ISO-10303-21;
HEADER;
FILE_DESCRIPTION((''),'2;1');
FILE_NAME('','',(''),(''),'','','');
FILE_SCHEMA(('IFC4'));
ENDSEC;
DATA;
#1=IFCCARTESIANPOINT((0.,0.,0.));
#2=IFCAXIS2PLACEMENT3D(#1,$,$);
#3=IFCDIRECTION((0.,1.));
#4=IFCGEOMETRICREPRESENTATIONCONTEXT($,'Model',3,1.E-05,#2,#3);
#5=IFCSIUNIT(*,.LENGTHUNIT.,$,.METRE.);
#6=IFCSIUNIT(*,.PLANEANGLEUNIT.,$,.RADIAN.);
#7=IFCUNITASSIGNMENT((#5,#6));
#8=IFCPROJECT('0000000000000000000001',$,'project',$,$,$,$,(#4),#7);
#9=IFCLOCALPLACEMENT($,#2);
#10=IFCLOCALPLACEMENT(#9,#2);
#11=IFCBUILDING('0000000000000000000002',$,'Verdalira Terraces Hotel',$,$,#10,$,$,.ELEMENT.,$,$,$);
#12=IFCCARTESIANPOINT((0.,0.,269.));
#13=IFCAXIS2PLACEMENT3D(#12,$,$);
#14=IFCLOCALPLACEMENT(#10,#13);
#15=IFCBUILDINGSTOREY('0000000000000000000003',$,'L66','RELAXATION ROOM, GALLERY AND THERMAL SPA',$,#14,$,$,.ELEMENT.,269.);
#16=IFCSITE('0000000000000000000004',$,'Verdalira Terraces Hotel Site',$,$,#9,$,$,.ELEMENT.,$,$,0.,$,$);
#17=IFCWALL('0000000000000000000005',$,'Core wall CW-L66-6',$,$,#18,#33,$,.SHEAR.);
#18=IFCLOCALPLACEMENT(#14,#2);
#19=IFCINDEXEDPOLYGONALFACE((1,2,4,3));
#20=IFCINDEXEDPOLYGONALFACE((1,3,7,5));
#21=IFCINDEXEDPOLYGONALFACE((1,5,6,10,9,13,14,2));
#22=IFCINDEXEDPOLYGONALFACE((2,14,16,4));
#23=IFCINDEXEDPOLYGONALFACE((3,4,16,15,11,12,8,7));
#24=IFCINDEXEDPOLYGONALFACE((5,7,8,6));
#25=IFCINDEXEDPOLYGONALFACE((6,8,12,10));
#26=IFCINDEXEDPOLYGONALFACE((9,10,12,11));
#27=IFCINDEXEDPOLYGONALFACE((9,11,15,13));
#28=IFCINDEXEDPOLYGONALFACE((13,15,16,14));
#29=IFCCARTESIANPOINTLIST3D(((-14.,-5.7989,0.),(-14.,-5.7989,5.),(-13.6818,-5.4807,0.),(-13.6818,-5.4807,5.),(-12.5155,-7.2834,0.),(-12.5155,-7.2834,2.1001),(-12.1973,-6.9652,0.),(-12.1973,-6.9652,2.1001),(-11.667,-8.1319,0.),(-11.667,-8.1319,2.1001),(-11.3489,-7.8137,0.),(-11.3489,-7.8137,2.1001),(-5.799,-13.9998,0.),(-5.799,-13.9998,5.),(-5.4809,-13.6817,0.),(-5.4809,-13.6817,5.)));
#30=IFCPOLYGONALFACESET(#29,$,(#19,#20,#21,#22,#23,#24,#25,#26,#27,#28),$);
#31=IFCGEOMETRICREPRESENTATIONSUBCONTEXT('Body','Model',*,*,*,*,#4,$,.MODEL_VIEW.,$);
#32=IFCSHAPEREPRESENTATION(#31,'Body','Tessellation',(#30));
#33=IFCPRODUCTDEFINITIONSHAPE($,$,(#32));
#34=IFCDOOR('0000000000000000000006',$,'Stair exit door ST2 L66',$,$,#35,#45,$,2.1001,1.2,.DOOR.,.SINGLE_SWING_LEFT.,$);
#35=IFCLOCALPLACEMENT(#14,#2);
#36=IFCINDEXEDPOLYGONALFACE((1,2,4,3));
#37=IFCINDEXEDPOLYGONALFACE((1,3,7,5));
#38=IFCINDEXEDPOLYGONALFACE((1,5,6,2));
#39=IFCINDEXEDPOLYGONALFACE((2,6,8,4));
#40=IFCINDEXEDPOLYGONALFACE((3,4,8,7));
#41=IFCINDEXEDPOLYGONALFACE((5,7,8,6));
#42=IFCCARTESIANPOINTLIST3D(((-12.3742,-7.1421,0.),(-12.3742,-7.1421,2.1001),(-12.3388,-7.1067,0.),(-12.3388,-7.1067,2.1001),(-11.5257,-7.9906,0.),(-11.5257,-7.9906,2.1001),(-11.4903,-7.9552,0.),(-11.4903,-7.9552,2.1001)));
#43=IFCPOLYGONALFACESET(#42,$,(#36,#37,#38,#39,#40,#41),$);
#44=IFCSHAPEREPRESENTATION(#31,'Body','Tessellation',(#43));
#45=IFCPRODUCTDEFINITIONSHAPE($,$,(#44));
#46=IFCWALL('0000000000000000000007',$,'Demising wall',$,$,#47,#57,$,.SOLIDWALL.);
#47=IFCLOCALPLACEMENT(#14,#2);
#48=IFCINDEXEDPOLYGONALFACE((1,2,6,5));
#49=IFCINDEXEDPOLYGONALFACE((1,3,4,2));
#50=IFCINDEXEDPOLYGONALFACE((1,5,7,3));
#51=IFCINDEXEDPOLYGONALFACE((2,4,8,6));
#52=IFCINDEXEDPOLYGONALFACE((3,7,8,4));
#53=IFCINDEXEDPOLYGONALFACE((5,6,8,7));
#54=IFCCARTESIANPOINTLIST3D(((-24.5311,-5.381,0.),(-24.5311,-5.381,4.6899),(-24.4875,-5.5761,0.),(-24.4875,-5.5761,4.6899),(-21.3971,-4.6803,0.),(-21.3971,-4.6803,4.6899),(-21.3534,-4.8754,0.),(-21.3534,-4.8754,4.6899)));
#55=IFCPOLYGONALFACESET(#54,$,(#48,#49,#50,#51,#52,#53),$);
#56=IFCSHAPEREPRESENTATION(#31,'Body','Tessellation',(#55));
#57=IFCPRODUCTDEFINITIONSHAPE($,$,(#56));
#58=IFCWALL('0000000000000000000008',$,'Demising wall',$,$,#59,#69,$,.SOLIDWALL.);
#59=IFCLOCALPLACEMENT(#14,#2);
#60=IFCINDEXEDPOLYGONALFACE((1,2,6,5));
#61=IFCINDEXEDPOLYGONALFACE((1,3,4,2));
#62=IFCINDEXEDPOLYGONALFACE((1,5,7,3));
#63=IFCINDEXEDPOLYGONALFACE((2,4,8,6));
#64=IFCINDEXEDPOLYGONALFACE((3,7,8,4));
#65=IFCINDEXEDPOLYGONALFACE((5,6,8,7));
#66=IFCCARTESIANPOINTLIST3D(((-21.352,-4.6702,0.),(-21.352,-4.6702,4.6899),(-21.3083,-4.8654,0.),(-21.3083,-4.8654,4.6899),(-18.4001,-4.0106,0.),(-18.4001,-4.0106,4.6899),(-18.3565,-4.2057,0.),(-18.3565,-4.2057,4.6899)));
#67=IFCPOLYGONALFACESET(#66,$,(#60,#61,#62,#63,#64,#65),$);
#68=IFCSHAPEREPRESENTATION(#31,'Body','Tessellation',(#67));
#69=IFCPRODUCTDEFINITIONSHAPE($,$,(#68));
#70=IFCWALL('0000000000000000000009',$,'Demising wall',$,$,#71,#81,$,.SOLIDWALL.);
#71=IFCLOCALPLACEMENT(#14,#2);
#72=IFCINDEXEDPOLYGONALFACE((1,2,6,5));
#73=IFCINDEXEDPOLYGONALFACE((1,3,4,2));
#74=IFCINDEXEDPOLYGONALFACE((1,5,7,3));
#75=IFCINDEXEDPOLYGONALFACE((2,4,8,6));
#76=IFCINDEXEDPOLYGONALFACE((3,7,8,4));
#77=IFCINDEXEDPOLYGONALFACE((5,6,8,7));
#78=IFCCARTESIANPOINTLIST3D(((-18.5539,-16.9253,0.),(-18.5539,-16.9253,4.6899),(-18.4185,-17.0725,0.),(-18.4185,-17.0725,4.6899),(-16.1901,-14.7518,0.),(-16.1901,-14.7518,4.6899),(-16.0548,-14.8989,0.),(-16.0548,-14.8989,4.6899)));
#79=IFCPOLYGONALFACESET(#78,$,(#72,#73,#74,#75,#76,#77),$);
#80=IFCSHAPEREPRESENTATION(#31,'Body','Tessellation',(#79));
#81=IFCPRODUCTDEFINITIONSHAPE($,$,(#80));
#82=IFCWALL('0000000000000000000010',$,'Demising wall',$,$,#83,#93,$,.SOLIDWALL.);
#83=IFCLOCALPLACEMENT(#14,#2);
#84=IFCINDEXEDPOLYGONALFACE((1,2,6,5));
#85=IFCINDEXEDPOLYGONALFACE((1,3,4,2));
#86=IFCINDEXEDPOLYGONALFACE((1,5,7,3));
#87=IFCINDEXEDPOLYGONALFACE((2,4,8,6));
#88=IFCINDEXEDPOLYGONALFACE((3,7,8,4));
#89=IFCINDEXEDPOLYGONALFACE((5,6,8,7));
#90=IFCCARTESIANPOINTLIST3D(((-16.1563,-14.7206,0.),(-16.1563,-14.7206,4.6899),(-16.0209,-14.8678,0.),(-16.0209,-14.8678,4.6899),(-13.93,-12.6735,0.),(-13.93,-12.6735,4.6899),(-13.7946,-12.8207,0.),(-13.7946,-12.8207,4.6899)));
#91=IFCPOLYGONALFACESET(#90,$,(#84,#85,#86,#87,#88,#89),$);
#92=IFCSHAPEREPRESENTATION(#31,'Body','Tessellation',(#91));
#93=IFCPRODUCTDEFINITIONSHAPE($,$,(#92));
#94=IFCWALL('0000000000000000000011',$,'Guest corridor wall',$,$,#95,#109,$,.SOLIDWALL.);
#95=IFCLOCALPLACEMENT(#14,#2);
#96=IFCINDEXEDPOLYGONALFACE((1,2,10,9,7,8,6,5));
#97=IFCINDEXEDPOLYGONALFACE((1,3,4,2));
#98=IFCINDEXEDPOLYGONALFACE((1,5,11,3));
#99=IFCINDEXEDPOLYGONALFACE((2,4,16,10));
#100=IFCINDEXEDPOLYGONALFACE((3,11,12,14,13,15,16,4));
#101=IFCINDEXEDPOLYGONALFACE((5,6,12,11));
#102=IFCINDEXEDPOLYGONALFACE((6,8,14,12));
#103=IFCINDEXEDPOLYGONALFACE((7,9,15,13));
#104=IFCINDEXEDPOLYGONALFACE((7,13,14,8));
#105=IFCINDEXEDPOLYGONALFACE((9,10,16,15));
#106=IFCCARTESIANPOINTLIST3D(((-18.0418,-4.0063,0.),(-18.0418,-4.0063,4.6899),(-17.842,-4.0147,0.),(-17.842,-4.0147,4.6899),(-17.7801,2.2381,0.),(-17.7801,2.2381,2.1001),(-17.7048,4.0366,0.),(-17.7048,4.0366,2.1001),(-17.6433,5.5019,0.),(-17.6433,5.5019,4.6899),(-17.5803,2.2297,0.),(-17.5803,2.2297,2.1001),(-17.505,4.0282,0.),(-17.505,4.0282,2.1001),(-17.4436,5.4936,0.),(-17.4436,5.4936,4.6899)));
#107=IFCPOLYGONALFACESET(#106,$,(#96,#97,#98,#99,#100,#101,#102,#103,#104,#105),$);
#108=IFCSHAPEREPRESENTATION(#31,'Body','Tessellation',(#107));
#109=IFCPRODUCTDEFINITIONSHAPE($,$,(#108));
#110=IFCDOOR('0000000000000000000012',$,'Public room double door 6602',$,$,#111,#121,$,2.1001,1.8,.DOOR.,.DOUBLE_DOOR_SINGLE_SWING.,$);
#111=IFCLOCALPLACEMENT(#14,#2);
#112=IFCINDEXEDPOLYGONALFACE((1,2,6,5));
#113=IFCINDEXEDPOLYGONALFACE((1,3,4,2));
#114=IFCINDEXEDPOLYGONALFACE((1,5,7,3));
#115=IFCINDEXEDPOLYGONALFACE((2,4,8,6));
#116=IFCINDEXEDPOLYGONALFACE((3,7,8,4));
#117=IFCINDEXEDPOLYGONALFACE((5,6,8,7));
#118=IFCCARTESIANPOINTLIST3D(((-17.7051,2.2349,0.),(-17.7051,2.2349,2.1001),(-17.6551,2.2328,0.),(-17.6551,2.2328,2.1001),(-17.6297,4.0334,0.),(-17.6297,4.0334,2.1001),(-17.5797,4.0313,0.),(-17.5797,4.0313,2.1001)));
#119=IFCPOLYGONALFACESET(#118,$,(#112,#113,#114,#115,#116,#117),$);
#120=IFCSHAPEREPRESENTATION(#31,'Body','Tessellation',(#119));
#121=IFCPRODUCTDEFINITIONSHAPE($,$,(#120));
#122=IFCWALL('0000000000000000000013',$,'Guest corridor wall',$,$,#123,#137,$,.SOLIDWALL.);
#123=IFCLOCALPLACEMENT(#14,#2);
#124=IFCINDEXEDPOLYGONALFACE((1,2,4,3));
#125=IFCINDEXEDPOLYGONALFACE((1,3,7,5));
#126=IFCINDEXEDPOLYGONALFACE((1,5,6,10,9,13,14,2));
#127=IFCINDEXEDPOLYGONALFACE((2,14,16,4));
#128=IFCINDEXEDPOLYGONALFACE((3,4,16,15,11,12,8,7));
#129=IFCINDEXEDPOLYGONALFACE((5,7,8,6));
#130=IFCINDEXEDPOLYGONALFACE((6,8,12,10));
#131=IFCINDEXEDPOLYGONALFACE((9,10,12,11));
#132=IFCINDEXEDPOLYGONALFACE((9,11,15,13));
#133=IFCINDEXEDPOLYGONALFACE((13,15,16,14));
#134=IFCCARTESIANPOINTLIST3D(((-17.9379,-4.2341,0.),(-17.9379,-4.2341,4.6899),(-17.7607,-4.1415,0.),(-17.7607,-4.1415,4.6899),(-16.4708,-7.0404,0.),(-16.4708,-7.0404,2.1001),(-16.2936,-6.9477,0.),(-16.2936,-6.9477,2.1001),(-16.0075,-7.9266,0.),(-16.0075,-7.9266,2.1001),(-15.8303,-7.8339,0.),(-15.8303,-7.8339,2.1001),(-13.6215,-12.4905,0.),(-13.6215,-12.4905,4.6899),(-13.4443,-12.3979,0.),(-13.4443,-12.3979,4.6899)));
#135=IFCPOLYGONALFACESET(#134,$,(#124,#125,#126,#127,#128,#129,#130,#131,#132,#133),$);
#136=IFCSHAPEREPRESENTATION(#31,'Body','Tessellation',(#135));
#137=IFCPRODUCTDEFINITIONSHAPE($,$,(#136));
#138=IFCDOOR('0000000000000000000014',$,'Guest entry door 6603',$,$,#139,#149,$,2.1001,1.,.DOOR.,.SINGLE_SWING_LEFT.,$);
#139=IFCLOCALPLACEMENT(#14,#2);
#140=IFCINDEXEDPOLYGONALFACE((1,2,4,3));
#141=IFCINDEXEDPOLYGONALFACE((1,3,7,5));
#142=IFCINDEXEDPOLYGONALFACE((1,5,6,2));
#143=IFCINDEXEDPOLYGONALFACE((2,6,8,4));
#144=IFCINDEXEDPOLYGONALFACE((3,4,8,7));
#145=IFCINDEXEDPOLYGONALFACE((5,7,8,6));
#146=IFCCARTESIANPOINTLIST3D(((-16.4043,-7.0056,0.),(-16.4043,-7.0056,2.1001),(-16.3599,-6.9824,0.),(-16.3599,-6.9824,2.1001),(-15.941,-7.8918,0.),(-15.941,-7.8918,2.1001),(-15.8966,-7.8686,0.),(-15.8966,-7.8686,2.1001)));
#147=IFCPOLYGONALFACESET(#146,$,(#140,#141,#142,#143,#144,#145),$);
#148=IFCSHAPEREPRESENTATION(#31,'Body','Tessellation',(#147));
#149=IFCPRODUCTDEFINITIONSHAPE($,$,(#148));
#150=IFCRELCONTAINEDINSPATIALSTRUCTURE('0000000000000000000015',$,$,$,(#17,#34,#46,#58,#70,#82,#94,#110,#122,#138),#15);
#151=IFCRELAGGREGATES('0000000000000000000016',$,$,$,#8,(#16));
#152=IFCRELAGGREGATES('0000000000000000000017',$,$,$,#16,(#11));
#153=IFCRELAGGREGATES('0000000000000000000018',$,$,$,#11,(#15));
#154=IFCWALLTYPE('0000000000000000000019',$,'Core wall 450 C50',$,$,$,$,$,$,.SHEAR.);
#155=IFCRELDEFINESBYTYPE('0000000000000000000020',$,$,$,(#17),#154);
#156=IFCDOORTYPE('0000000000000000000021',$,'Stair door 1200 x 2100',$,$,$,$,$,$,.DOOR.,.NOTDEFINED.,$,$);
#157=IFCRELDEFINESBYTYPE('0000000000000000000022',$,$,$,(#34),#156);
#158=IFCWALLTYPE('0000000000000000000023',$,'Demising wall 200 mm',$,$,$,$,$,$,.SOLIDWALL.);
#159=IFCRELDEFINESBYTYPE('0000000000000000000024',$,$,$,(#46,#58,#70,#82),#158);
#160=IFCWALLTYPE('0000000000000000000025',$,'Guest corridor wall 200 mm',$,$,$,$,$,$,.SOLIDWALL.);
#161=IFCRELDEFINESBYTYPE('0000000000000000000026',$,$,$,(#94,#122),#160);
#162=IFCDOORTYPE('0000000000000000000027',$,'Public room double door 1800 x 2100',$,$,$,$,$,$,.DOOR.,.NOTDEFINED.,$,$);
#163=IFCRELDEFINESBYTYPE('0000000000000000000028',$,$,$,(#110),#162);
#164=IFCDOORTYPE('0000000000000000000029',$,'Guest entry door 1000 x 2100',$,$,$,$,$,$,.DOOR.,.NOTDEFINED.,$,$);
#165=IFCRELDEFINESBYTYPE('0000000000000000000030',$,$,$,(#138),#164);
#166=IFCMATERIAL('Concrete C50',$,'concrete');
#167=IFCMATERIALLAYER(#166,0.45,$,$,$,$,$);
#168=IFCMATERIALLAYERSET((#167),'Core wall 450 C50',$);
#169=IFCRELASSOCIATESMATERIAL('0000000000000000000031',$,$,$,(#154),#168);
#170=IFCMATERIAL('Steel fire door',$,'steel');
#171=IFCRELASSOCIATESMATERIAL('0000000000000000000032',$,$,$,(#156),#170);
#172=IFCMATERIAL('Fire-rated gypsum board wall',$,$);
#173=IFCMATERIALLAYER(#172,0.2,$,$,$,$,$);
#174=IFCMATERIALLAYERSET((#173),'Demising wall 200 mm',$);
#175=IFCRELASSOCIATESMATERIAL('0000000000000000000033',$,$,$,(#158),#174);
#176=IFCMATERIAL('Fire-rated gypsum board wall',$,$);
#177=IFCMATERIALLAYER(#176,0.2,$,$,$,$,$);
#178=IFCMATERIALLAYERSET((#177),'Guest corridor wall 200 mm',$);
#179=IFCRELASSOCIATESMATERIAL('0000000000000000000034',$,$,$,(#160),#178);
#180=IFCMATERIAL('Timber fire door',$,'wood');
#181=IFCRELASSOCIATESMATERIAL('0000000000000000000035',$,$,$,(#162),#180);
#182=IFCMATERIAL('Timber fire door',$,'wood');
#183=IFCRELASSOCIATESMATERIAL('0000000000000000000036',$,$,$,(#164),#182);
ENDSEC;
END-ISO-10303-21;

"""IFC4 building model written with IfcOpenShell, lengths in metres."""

from ifc_helpers import new_model, si_unit, direction, frame, frame_2d, origin, place, context, subcontext, project, spatial, rectangle, extrude, material, layer, layer_set, type_object, element, fill, save


model = new_model("IFC4")

# Units and contexts
model_context = context("Model", 3, precision=1e-05, world=origin(), true_north=direction((0.0, 1.0)))
body_context = subcontext(model_context, "Body", "Model", "MODEL_VIEW")
ifc_project = project(units=[si_unit("LENGTHUNIT", "METRE"), si_unit("PLANEANGLEUNIT", "RADIAN")], contexts=[model_context])

# Site, building, storey
site_placement = place(None, origin())
site = spatial("IfcSite", under=ifc_project, at=site_placement, Name="Verdalira Terraces Hotel Site", CompositionType="ELEMENT", RefElevation=0.0)
building_placement = place(site_placement, origin())
building = spatial("IfcBuilding", under=site, at=building_placement, Name="Verdalira Terraces Hotel", CompositionType="ELEMENT")
storey_placement = place(building_placement, frame((0.0, 0.0, 269.0)))
storey = spatial("IfcBuildingStorey", under=building, at=storey_placement, Name="L66", Description="RELAXATION ROOM, GALLERY AND THERMAL SPA", CompositionType="ELEMENT", Elevation=269.0)

# Wall, opening, door
ifc_material_1 = material(Name="Concrete C50", Category="concrete")
ifc_layer_1 = layer(ifc_material_1, 0.45)
ifc_layer_set_1 = layer_set([ifc_layer_1], Name="Core wall 450 C50")
wall_type_1 = type_object("IfcWallType", Name="Core wall 450 C50", PredefinedType="SHEAR", material=ifc_layer_set_1)
wall_1_placement = place(storey_placement, frame((-13.8408, -5.6399, 0.0), z_axis=(0.0, 0.0, 1.0), x_axis=(0.707107, -0.707107, 0.0)))
wall_1 = element("IfcWall", 1, at=wall_1_placement, inside=storey, type_object=wall_type_1, Name="Core wall CW-L66-6", PredefinedType="SHEAR", context=body_context, shape_type="SweptSolid", body=[
    extrude(rectangle(XDim=11.5979, YDim=0.45, at=frame_2d((5.7988, 0.0))), origin(), (0.0, 0.0, 1.0), 5.0),
])
opening_1_placement = place(wall_1_placement, frame((2.0991, 0.0, 0.0)))
opening_1 = element("IfcOpeningElement", 2, at=opening_1_placement, cuts=wall_1, PredefinedType="OPENING", context=body_context, shape_type="SweptSolid", body=[
    extrude(rectangle(XDim=1.2, YDim=2.1001, at=frame_2d((0.6001, 1.05))), frame((0.0, 0.2349, 0.0), z_axis=(0.0, -1.0, 0.0), x_axis=(1.0, 0.0, 0.0)), (0.0, 0.0, 1.0), 0.47),
])
ifc_material_2 = material(Name="Steel fire door", Category="steel")
door_type_1 = type_object("IfcDoorType", Name="Stair door 1200 x 2100", OperationType="NOTDEFINED", PredefinedType="DOOR", material=ifc_material_2)
door_1_placement = place(opening_1_placement, origin())
door_1 = element("IfcDoor", 3, at=door_1_placement, inside=storey, type_object=door_type_1, Name="Stair exit door ST2 L66", OperationType="SINGLE_SWING_LEFT", OverallHeight=2.1001, OverallWidth=1.2, PredefinedType="DOOR", context=body_context, shape_type="SweptSolid", body=[
    extrude(rectangle(XDim=1.2, YDim=2.1001, at=frame_2d((0.6001, 1.05))), frame((0.0, 0.0249, 0.0), z_axis=(0.0, -1.0, 0.0), x_axis=(1.0, 0.0, 0.0)), (0.0, 0.0, 1.0), 0.05),
])
fill(opening_1, door_1)

# Walls
ifc_material_3 = material(Name="Fire-rated gypsum board wall")
ifc_layer_2 = layer(ifc_material_3, 0.2)
ifc_layer_set_2 = layer_set([ifc_layer_2], Name="Demising wall 200 mm")
wall_type_2 = type_object("IfcWallType", Name="Demising wall 200 mm", PredefinedType="SOLIDWALL", material=ifc_layer_set_2)
wall_2_placement = place(storey_placement, frame((-21.3752, -4.7778, 0.0), z_axis=(0.0, 0.0, 1.0), x_axis=(-0.975907, -0.218186, 0.0)))
element("IfcWall", 4, at=wall_2_placement, inside=storey, type_object=wall_type_2, Name="Demising wall", PredefinedType="SOLIDWALL", context=body_context, shape_type="SweptSolid", body=[
    extrude(rectangle(XDim=3.2114, YDim=0.2, at=frame_2d((1.6057, 0.0))), origin(), (0.0, 0.0, 1.0), 4.6899),
])
wall_3_placement = place(storey_placement, frame((-18.3784, -4.1082, 0.0), z_axis=(0.0, 0.0, 1.0), x_axis=(-0.975928, -0.218093, 0.0)))
element("IfcWall", 5, at=wall_3_placement, inside=storey, type_object=wall_type_2, Name="Demising wall", PredefinedType="SOLIDWALL", context=body_context, shape_type="SweptSolid", body=[
    extrude(rectangle(XDim=3.0247, YDim=0.2, at=frame_2d((1.5122, 0.0))), origin(), (0.0, 0.0, 1.0), 4.6899),
])
wall_4_placement = place(storey_placement, frame((-16.1226, -14.8254, 0.0), z_axis=(0.0, 0.0, 1.0), x_axis=(-0.736099, -0.676874, 0.0)))
element("IfcWall", 6, at=wall_4_placement, inside=storey, type_object=wall_type_2, Name="Demising wall", PredefinedType="SOLIDWALL", context=body_context, shape_type="SweptSolid", body=[
    extrude(rectangle(XDim=3.2112, YDim=0.2, at=frame_2d((1.6055, 0.0))), origin(), (0.0, 0.0, 1.0), 4.6899),
])
wall_5_placement = place(storey_placement, frame((-13.8623, -12.7471, 0.0), z_axis=(0.0, 0.0, 1.0), x_axis=(-0.736111, -0.676861, 0.0)))
element("IfcWall", 7, at=wall_5_placement, inside=storey, type_object=wall_type_2, Name="Demising wall", PredefinedType="SOLIDWALL", context=body_context, shape_type="SweptSolid", body=[
    extrude(rectangle(XDim=3.0244, YDim=0.2, at=frame_2d((1.5122, 0.0))), origin(), (0.0, 0.0, 1.0), 4.6899),
])

# Walls, openings, doors
ifc_material_4 = material(Name="Fire-rated gypsum board wall")
ifc_layer_3 = layer(ifc_material_4, 0.2)
ifc_layer_set_3 = layer_set([ifc_layer_3], Name="Guest corridor wall 200 mm")
wall_type_3 = type_object("IfcWallType", Name="Guest corridor wall 200 mm", PredefinedType="SOLIDWALL", material=ifc_layer_set_3)
wall_6_placement = place(storey_placement, frame((-17.9419, -4.0105, 0.0), z_axis=(0.0, 0.0, 1.0), x_axis=(0.041867, 0.999123, 0.0)))
wall_6 = element("IfcWall", 8, at=wall_6_placement, inside=storey, type_object=wall_type_3, Name="Guest corridor wall", PredefinedType="SOLIDWALL", context=body_context, shape_type="SweptSolid", body=[
    extrude(rectangle(XDim=9.5166, YDim=0.2, at=frame_2d((4.7583, 0.0))), origin(), (0.0, 0.0, 1.0), 4.6899),
])
opening_2_placement = place(wall_6_placement, frame((6.25, 0.0, 0.0)))
opening_2 = element("IfcOpeningElement", 9, at=opening_2_placement, cuts=wall_6, PredefinedType="OPENING", context=body_context, shape_type="SweptSolid", body=[
    extrude(rectangle(XDim=1.8, YDim=2.1001, at=frame_2d((0.8999, 1.05))), frame((0.0, 0.1099, 0.0), z_axis=(0.0, -1.0, 0.0), x_axis=(1.0, 0.0, 0.0)), (0.0, 0.0, 1.0), 0.22),
])
ifc_material_5 = material(Name="Timber fire door", Category="wood")
door_type_2 = type_object("IfcDoorType", Name="Public room double door 1800 x 2100", OperationType="NOTDEFINED", PredefinedType="DOOR", material=ifc_material_5)
door_2_placement = place(opening_2_placement, origin())
door_2 = element("IfcDoor", 10, at=door_2_placement, inside=storey, type_object=door_type_2, Name="Public room double door 6602", OperationType="DOUBLE_DOOR_SINGLE_SWING", OverallHeight=2.1001, OverallWidth=1.8, PredefinedType="DOOR", context=body_context, shape_type="SweptSolid", body=[
    extrude(rectangle(XDim=1.8, YDim=2.1001, at=frame_2d((0.8999, 1.05))), frame((0.0, 0.0249, 0.0), z_axis=(0.0, -1.0, 0.0), x_axis=(1.0, 0.0, 0.0)), (0.0, 0.0, 1.0), 0.05),
])
fill(opening_2, door_2)
wall_7_placement = place(storey_placement, frame((-13.533, -12.4441, 0.0), z_axis=(0.0, 0.0, 1.0), x_axis=(-0.463304, 0.8862, 0.0)))
wall_7 = element("IfcWall", 11, at=wall_7_placement, inside=storey, type_object=wall_type_3, Name="Guest corridor wall", PredefinedType="SOLIDWALL", context=body_context, shape_type="SweptSolid", body=[
    extrude(rectangle(XDim=9.3166, YDim=0.2, at=frame_2d((4.6582, 0.0))), origin(), (0.0, 0.0, 1.0), 4.6899),
])
opening_3_placement = place(wall_7_placement, frame((5.1499, 0.0, 0.0)))
opening_3 = element("IfcOpeningElement", 12, at=opening_3_placement, cuts=wall_7, PredefinedType="OPENING", context=body_context, shape_type="SweptSolid", body=[
    extrude(rectangle(XDim=1.0, YDim=2.1001, at=frame_2d((0.5, 1.05))), frame((0.0, 0.1099, 0.0), z_axis=(0.0, -1.0, 0.0), x_axis=(1.0, 0.0, 0.0)), (0.0, 0.0, 1.0), 0.22),
])
ifc_material_6 = material(Name="Timber fire door", Category="wood")
door_type_3 = type_object("IfcDoorType", Name="Guest entry door 1000 x 2100", OperationType="NOTDEFINED", PredefinedType="DOOR", material=ifc_material_6)
door_3_placement = place(opening_3_placement, origin())
door_3 = element("IfcDoor", 13, at=door_3_placement, inside=storey, type_object=door_type_3, Name="Guest entry door 6603", OperationType="SINGLE_SWING_LEFT", OverallHeight=2.1001, OverallWidth=1.0, PredefinedType="DOOR", context=body_context, shape_type="SweptSolid", body=[
    extrude(rectangle(XDim=1.0, YDim=2.1001, at=frame_2d((0.5, 1.05))), frame((0.0, 0.0249, 0.0), z_axis=(0.0, -1.0, 0.0), x_axis=(1.0, 0.0, 0.0)), (0.0, 0.0, 1.0), 0.05),
])
fill(opening_3, door_3)

save(model, "model.ifc")
